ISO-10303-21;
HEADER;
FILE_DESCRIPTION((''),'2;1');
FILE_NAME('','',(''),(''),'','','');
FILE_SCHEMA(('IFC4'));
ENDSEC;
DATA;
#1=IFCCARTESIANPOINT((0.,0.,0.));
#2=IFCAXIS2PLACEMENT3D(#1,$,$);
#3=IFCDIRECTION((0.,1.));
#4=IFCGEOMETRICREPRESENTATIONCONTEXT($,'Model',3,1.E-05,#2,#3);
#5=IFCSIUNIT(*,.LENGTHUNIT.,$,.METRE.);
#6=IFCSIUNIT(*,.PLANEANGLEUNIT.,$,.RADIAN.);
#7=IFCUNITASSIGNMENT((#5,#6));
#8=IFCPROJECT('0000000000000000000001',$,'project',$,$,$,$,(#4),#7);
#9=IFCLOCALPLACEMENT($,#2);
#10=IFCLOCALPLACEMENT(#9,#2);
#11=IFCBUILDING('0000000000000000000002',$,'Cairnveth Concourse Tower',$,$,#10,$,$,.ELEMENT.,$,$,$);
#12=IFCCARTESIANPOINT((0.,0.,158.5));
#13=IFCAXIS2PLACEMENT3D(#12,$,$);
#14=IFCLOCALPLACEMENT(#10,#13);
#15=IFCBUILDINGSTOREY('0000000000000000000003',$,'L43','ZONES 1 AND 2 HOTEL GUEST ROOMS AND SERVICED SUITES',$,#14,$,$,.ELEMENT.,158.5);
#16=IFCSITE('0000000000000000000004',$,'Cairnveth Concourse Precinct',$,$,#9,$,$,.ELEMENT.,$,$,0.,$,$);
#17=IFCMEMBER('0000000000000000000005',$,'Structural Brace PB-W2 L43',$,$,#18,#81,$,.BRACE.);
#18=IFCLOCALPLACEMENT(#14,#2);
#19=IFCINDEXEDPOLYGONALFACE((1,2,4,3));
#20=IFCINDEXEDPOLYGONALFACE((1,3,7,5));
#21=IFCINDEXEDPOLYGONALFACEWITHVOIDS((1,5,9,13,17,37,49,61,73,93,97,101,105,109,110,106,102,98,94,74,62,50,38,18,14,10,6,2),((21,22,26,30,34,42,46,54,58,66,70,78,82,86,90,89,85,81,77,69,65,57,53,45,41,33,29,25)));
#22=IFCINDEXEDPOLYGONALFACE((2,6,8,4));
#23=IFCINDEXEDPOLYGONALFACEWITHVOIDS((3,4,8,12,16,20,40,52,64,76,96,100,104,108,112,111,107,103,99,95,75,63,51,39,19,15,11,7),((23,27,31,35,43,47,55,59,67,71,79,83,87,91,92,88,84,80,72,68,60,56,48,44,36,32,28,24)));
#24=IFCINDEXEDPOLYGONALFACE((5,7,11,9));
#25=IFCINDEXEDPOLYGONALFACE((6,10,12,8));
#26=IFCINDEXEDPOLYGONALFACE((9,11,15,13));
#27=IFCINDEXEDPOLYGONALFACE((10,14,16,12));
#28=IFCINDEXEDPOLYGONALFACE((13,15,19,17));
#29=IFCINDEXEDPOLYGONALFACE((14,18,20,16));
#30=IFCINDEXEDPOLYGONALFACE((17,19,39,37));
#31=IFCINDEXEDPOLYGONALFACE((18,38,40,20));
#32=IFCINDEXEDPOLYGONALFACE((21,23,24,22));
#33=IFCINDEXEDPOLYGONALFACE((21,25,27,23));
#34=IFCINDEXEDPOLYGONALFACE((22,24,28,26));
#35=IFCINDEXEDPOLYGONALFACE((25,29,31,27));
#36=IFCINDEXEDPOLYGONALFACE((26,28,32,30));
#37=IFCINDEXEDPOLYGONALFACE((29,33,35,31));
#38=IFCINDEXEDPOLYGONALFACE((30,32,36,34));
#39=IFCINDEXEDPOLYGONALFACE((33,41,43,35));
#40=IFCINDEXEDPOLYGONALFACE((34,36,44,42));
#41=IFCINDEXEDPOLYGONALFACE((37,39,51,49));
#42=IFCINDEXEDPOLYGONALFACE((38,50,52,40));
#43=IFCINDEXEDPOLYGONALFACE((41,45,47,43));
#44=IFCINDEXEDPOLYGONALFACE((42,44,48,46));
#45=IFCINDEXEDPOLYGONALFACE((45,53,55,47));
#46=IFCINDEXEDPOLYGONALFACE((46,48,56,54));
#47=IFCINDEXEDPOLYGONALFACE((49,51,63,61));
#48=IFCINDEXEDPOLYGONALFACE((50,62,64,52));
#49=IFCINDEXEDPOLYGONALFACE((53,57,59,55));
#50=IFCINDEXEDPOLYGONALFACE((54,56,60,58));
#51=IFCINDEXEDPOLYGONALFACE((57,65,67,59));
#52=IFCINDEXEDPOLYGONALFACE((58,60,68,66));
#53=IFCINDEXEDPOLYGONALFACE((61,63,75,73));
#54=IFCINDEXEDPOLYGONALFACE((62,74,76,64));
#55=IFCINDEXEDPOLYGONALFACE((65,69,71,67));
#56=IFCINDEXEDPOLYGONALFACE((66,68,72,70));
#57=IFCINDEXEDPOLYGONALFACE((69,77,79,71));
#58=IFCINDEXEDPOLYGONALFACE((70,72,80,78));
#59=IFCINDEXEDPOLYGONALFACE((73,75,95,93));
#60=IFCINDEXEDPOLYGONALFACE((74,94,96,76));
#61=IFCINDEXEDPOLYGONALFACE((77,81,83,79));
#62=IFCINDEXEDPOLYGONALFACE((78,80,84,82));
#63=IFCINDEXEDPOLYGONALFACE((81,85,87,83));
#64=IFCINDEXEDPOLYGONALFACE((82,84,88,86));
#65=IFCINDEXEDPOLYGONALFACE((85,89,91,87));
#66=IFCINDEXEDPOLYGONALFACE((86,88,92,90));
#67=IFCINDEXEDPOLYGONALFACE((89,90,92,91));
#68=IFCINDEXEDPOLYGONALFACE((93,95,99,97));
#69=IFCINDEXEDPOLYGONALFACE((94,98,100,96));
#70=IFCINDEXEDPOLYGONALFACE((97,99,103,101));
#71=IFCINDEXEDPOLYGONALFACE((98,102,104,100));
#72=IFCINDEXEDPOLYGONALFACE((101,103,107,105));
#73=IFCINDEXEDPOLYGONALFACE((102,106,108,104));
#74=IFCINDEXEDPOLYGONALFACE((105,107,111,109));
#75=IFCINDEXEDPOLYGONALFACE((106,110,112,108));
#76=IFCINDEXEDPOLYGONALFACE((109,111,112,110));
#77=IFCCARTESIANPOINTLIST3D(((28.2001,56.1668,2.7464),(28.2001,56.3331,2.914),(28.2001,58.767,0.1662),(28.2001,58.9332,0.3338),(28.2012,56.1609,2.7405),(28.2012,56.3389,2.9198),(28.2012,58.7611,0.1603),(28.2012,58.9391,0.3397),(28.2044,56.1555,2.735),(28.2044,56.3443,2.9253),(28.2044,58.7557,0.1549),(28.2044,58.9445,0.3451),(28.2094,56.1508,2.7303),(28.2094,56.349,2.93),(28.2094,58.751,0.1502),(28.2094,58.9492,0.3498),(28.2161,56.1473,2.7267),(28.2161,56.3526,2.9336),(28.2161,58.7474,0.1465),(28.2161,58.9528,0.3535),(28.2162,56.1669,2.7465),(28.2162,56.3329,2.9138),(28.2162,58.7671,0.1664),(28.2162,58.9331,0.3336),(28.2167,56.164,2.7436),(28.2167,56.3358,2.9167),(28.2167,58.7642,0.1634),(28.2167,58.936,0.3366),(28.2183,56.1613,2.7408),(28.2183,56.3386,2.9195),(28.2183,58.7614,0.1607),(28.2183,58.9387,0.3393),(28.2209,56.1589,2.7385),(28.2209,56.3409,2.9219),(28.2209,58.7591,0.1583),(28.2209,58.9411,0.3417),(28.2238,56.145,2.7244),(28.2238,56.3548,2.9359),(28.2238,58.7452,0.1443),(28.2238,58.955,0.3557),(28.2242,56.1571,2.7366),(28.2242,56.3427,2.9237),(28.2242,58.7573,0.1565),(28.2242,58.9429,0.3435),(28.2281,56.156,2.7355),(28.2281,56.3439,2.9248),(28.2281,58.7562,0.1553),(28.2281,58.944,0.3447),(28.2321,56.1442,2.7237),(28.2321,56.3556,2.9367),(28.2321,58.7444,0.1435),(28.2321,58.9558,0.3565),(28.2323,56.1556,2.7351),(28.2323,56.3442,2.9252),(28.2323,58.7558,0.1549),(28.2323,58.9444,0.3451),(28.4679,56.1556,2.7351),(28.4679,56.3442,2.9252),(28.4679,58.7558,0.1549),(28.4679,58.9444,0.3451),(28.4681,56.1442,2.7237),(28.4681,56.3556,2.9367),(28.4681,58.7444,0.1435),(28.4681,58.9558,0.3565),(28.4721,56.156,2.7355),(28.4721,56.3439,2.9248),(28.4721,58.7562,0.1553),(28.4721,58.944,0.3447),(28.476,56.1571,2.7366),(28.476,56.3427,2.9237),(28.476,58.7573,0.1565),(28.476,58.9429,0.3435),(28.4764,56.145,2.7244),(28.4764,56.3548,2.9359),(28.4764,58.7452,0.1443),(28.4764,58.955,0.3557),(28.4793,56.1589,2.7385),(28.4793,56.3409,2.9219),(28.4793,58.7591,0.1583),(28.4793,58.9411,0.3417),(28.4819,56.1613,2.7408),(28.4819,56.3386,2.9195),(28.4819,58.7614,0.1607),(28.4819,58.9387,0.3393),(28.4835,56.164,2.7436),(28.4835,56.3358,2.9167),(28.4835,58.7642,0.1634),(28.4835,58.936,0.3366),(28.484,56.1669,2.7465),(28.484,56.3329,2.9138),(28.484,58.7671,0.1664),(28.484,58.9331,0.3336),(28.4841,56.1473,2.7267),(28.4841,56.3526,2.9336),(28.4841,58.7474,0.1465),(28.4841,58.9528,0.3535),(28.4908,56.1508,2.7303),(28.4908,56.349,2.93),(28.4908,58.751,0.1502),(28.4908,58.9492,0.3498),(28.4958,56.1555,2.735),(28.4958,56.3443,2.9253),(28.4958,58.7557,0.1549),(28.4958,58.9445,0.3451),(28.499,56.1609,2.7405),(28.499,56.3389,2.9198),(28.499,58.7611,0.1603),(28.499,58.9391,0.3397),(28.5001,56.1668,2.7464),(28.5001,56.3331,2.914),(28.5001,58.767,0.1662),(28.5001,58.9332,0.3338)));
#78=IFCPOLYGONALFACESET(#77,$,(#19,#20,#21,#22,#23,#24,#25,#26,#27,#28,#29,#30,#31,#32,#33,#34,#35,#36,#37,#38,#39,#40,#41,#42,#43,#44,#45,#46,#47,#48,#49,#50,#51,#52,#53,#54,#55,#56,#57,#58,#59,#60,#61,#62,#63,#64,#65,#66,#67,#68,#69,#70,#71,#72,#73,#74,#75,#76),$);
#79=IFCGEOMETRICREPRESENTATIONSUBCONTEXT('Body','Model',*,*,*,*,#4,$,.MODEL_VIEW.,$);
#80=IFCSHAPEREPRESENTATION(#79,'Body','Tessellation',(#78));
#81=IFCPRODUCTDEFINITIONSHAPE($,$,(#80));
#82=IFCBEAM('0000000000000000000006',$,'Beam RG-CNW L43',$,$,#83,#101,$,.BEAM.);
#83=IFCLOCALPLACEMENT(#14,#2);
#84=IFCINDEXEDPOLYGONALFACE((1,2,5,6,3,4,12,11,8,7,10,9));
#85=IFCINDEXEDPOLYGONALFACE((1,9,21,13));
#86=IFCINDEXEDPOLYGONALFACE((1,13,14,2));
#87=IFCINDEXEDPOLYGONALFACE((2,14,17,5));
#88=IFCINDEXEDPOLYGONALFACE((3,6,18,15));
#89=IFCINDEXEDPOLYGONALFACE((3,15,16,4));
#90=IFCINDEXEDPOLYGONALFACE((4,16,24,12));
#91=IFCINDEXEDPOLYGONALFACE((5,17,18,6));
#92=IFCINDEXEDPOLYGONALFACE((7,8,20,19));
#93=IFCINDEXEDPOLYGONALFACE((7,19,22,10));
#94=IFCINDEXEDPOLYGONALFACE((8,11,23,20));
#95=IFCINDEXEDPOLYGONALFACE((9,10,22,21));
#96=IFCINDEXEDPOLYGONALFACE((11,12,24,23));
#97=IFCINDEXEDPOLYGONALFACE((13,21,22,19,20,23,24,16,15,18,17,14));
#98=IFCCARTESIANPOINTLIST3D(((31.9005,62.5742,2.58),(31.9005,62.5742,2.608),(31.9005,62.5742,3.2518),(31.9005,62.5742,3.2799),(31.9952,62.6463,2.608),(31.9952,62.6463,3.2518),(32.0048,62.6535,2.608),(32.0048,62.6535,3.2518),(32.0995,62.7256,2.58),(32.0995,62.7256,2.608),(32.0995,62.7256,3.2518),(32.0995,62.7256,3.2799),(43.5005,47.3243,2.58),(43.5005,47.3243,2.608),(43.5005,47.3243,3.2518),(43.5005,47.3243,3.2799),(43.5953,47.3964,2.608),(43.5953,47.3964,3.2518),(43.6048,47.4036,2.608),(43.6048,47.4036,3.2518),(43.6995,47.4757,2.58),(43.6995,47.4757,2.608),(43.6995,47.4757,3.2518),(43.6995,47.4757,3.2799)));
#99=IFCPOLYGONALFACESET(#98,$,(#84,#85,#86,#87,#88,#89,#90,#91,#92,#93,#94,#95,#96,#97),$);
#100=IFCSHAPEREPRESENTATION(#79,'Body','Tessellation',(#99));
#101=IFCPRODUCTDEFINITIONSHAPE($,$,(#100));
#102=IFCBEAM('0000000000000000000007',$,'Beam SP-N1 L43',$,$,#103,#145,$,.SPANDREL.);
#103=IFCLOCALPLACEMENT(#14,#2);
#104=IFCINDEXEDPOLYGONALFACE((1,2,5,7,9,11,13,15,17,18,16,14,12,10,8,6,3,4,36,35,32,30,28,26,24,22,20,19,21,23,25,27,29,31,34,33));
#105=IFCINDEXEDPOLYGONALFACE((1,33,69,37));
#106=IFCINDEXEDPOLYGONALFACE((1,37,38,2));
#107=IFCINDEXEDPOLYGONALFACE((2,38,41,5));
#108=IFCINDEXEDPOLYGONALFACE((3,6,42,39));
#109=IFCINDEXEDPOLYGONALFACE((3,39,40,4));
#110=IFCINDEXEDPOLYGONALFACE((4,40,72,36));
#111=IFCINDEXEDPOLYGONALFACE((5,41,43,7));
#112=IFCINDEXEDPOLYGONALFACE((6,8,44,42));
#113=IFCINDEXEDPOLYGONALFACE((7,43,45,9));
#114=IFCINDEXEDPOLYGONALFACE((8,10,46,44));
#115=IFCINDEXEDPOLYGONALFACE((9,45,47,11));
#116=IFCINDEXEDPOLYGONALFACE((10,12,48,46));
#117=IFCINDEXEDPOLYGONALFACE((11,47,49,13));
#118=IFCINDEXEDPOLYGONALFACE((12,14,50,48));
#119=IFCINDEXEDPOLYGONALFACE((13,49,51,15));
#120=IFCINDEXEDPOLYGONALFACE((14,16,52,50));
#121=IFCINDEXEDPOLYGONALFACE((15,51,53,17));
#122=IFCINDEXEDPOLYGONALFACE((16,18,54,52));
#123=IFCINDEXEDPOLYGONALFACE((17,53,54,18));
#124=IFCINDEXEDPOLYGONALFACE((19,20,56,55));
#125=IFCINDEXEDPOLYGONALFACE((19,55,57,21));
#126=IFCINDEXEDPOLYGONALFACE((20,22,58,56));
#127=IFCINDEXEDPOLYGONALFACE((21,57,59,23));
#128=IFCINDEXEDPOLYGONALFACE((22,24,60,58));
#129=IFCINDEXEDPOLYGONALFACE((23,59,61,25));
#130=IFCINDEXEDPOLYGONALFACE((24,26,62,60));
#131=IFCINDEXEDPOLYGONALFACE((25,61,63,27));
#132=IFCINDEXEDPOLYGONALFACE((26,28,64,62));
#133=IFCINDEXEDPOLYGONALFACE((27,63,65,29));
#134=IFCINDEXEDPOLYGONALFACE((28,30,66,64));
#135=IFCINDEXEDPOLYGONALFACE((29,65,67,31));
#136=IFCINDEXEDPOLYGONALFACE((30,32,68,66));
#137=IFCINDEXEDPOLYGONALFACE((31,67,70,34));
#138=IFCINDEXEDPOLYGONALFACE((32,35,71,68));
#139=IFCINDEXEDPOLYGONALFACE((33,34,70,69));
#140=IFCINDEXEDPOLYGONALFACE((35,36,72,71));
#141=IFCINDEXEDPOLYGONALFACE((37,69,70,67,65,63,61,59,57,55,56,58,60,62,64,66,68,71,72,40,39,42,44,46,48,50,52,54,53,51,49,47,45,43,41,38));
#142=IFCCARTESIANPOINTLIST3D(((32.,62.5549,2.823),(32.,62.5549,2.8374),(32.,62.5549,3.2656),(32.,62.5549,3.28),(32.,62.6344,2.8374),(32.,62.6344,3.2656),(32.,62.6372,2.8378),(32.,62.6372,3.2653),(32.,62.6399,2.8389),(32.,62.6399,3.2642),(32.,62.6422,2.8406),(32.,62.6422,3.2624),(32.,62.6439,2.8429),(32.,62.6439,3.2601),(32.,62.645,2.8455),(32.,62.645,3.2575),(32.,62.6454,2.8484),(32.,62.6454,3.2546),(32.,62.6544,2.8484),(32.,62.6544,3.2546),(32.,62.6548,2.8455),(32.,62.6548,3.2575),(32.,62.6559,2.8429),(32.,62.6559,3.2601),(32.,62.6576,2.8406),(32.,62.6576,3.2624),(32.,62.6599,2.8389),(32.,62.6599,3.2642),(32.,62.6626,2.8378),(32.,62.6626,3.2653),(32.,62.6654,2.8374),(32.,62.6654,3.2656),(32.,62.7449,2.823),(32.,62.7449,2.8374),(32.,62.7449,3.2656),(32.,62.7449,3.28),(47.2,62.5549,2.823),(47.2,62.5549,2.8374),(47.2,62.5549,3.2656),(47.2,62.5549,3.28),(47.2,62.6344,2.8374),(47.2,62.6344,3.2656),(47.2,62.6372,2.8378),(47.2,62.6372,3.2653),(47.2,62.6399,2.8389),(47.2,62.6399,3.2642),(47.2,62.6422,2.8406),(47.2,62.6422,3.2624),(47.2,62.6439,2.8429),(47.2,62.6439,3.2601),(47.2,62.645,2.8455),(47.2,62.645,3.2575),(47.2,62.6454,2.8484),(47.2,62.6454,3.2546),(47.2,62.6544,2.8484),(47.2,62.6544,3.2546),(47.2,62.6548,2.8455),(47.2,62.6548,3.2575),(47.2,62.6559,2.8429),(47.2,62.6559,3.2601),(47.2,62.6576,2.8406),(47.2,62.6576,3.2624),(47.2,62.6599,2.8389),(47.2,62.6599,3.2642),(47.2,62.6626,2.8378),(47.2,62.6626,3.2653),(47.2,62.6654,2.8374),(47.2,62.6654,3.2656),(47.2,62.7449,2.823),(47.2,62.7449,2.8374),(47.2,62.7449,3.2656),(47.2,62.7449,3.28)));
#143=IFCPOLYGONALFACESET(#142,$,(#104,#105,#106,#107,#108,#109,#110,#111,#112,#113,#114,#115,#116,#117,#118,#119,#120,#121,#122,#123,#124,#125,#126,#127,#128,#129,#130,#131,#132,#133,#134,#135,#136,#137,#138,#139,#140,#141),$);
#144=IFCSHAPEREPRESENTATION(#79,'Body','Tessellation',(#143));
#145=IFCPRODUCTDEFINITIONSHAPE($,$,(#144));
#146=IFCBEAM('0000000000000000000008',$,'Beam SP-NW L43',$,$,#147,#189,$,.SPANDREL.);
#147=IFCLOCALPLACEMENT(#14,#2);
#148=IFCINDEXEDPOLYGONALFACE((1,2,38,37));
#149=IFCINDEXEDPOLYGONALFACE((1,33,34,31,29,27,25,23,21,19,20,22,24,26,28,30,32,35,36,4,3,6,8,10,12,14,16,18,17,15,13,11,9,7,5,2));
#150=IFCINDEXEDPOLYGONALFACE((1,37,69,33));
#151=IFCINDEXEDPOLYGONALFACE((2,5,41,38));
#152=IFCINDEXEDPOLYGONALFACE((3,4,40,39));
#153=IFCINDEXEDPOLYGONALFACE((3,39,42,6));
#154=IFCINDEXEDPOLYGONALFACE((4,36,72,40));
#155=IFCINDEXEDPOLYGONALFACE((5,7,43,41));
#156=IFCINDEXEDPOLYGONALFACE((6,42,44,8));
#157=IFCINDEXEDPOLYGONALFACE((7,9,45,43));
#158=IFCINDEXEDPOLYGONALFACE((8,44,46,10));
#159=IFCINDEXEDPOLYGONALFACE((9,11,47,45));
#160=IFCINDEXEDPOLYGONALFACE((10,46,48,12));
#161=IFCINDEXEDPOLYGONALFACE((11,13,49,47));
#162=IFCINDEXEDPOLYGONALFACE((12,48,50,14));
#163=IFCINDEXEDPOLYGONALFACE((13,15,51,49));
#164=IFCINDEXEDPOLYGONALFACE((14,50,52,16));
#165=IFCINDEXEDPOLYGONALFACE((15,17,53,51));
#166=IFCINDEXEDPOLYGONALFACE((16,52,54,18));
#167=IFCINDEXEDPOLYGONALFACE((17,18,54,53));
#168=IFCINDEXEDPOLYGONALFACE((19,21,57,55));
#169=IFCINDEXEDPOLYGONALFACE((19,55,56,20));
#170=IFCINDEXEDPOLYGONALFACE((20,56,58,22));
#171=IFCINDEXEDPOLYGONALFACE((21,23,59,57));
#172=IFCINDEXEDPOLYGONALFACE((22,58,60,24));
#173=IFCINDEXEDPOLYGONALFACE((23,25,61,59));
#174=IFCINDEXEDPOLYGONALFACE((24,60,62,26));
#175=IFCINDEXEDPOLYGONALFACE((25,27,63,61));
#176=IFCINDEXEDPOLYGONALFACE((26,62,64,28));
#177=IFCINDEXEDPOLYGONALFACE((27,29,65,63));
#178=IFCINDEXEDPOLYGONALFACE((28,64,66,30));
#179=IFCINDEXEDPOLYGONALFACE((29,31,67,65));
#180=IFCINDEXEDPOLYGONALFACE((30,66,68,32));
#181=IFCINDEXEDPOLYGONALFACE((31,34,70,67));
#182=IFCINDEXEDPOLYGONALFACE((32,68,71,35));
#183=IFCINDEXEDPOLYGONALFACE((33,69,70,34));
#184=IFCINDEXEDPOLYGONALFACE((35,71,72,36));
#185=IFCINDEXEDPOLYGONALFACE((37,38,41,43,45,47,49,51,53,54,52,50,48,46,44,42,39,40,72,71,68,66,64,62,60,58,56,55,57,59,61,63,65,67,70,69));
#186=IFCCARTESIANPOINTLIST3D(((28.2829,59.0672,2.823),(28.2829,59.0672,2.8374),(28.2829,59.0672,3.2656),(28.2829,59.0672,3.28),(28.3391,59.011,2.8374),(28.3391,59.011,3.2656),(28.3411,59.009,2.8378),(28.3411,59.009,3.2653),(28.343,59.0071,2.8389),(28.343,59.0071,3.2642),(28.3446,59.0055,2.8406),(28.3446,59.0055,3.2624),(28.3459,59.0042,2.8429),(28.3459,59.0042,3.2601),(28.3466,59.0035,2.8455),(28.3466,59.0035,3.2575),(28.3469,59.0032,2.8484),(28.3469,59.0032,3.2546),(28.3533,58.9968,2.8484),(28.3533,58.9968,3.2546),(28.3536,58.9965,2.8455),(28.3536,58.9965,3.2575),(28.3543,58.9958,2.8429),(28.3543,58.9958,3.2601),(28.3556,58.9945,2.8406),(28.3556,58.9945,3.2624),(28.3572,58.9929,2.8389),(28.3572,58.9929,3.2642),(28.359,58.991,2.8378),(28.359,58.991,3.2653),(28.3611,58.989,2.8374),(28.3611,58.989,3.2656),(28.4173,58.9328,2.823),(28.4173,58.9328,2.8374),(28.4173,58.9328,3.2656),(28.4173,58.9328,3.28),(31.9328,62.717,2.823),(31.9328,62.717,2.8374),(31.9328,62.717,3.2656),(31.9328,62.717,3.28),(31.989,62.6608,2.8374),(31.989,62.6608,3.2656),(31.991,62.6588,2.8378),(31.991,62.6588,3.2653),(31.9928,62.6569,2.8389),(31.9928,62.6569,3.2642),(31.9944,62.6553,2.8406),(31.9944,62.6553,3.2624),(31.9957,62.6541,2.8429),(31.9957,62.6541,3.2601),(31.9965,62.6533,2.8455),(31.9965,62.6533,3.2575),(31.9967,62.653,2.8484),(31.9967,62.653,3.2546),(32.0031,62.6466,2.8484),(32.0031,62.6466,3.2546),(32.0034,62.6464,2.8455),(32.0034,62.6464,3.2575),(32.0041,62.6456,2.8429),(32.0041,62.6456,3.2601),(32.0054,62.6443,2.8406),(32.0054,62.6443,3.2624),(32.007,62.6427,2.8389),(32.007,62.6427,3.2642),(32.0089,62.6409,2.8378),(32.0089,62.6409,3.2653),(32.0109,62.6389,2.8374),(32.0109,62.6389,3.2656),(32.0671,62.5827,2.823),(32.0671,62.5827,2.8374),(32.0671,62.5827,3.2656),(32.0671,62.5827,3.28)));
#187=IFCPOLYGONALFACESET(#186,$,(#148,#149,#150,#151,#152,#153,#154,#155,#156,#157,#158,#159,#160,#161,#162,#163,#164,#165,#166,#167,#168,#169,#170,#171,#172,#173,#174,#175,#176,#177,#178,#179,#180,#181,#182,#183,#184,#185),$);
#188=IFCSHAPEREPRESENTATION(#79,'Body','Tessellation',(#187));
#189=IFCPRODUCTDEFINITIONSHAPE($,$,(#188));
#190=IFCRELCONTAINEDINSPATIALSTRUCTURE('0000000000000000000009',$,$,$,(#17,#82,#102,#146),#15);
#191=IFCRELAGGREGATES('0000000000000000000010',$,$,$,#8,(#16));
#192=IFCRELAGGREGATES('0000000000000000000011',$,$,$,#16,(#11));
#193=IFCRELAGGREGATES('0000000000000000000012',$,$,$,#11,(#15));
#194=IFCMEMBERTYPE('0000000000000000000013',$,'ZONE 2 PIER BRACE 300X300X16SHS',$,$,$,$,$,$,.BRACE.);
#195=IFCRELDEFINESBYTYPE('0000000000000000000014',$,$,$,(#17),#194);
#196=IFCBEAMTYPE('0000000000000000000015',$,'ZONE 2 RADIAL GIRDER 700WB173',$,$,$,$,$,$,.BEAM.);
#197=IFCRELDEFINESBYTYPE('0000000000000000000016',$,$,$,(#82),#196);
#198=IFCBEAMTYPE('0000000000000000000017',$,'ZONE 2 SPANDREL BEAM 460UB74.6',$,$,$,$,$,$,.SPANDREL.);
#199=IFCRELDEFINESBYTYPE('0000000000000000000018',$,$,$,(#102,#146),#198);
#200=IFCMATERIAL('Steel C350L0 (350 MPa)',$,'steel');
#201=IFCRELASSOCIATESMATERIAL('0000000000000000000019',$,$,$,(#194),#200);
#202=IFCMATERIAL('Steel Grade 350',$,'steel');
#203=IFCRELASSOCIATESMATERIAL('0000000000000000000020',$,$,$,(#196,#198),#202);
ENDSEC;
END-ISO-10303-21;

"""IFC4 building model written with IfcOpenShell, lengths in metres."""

from ifc_helpers import new_model, si_unit, direction, frame, origin, origin_2d, place, context, subcontext, project, spatial, hollow_rectangle, i_section, extrude, material, material_profile, profile_set, type_object, element, save


model = new_model("IFC4")

# Units and contexts
model_context = context("Model", 3, precision=1e-05, world=origin(), true_north=direction((0.0, 1.0)))
body_context = subcontext(model_context, "Body", "Model", "MODEL_VIEW")
ifc_project = project(units=[si_unit("LENGTHUNIT", "METRE"), si_unit("PLANEANGLEUNIT", "RADIAN")], contexts=[model_context])

# Site, building, storey
site_placement = place(None, origin())
site = spatial("IfcSite", under=ifc_project, at=site_placement, Name="Cairnveth Concourse Precinct", CompositionType="ELEMENT", RefElevation=0.0)
building_placement = place(site_placement, origin())
building = spatial("IfcBuilding", under=site, at=building_placement, Name="Cairnveth Concourse Tower", CompositionType="ELEMENT")
storey_placement = place(building_placement, frame((0.0, 0.0, 158.5)))
storey = spatial("IfcBuildingStorey", under=building, at=storey_placement, Name="L43", Description="ZONES 1 AND 2 HOTEL GUEST ROOMS AND SERVICED SUITES", CompositionType="ELEMENT", Elevation=158.5)

# Shared definitions
ifc_material_1 = material(Name="Steel Grade 350", Category="steel")

# Member
ifc_material_2 = material(Name="Steel C350L0 (350 MPa)", Category="steel")
ifc_material_profile_1 = material_profile(ifc_material_2, hollow_rectangle(XDim=0.3, YDim=0.3, WallThickness=0.0161, InnerFilletRadius=0.0161, OuterFilletRadius=0.032, at=origin_2d()), Name="300x300x16.0SHS")
ifc_profile_set_1 = profile_set([ifc_material_profile_1], Name="Steel C350L0 (350 MPa)")
member_type = type_object("IfcMemberType", Name="ZONE 2 PIER BRACE 300X300X16SHS", PredefinedType="BRACE", material=ifc_profile_set_1)
for number, where, z_axis, x_axis, name in (
    (1, (28.3501, 58.8501, 0.25), (0.0, -0.709834, 0.704369), (1.0, 0.0, 0.0), "Structural Brace PB-W2 L43"),
):
    element("IfcMember", number, at=place(storey_placement, frame(where, z_axis=z_axis, x_axis=x_axis)), inside=storey, type_object=member_type, Name=name, PredefinedType="BRACE", context=body_context, shape_type="SweptSolid", body=[
        extrude(hollow_rectangle(XDim=0.3, YDim=0.3, WallThickness=0.0161, InnerFilletRadius=0.0161, OuterFilletRadius=0.032, at=origin_2d()), origin(), (0.0, 0.0, 1.0), 3.6631),
    ])

# Beams
ifc_material_profile_2 = material_profile(ifc_material_1, i_section(OverallWidth=0.25, OverallDepth=0.7, WebThickness=0.012, FlangeThickness=0.0281, at=origin_2d()), Name="700WB173")
ifc_profile_set_2 = profile_set([ifc_material_profile_2], Name="Steel Grade 350")
beam_type_1 = type_object("IfcBeamType", Name="ZONE 2 RADIAL GIRDER 700WB173", PredefinedType="BEAM", material=ifc_profile_set_2)
beam_1_placement = place(storey_placement, frame((32.0, 62.6499, 2.9299), z_axis=(0.605417, -0.795908, 0.0), x_axis=(0.795908, 0.605417, 0.0)))
element("IfcBeam", 2, at=beam_1_placement, inside=storey, type_object=beam_type_1, Name="Beam RG-CNW L43", PredefinedType="BEAM", context=body_context, shape_type="SweptSolid", body=[
    extrude(i_section(OverallWidth=0.25, OverallDepth=0.7, WebThickness=0.012, FlangeThickness=0.0281, at=origin_2d()), origin(), (0.0, 0.0, 1.0), 19.1604),
])
ifc_material_profile_3 = material_profile(ifc_material_1, i_section(OverallWidth=0.1899, OverallDepth=0.457, WebThickness=0.009, FlangeThickness=0.0144, FilletRadius=0.011, at=origin_2d()), Name="460UB74.6")
ifc_profile_set_3 = profile_set([ifc_material_profile_3], Name="Steel Grade 350")
beam_type_2 = type_object("IfcBeamType", Name="ZONE 2 SPANDREL BEAM 460UB74.6", PredefinedType="SPANDREL", material=ifc_profile_set_3)
beam_2_placement = place(storey_placement, frame((32.0, 62.6499, 3.0515), z_axis=(1.0, 0.0, 0.0), x_axis=(0.0, 1.0, 0.0)))
element("IfcBeam", 3, at=beam_2_placement, inside=storey, type_object=beam_type_2, Name="Beam SP-N1 L43", PredefinedType="SPANDREL", context=body_context, shape_type="SweptSolid", body=[
    extrude(i_section(OverallWidth=0.1899, OverallDepth=0.457, WebThickness=0.009, FlangeThickness=0.0144, FilletRadius=0.011, at=origin_2d()), origin(), (0.0, 0.0, 1.0), 15.2),
])
beam_3_placement = place(storey_placement, frame((28.3501, 59.0, 3.0515), z_axis=(0.707107, 0.707107, 0.0), x_axis=(-0.707107, 0.707107, 0.0)))
element("IfcBeam", 4, at=beam_3_placement, inside=storey, type_object=beam_type_2, Name="Beam SP-NW L43", PredefinedType="SPANDREL", context=body_context, shape_type="SweptSolid", body=[
    extrude(i_section(OverallWidth=0.1899, OverallDepth=0.457, WebThickness=0.009, FlangeThickness=0.0144, FilletRadius=0.011, at=origin_2d()), origin(), (0.0, 0.0, 1.0), 5.1616),
])

save(model, "model.ifc")
